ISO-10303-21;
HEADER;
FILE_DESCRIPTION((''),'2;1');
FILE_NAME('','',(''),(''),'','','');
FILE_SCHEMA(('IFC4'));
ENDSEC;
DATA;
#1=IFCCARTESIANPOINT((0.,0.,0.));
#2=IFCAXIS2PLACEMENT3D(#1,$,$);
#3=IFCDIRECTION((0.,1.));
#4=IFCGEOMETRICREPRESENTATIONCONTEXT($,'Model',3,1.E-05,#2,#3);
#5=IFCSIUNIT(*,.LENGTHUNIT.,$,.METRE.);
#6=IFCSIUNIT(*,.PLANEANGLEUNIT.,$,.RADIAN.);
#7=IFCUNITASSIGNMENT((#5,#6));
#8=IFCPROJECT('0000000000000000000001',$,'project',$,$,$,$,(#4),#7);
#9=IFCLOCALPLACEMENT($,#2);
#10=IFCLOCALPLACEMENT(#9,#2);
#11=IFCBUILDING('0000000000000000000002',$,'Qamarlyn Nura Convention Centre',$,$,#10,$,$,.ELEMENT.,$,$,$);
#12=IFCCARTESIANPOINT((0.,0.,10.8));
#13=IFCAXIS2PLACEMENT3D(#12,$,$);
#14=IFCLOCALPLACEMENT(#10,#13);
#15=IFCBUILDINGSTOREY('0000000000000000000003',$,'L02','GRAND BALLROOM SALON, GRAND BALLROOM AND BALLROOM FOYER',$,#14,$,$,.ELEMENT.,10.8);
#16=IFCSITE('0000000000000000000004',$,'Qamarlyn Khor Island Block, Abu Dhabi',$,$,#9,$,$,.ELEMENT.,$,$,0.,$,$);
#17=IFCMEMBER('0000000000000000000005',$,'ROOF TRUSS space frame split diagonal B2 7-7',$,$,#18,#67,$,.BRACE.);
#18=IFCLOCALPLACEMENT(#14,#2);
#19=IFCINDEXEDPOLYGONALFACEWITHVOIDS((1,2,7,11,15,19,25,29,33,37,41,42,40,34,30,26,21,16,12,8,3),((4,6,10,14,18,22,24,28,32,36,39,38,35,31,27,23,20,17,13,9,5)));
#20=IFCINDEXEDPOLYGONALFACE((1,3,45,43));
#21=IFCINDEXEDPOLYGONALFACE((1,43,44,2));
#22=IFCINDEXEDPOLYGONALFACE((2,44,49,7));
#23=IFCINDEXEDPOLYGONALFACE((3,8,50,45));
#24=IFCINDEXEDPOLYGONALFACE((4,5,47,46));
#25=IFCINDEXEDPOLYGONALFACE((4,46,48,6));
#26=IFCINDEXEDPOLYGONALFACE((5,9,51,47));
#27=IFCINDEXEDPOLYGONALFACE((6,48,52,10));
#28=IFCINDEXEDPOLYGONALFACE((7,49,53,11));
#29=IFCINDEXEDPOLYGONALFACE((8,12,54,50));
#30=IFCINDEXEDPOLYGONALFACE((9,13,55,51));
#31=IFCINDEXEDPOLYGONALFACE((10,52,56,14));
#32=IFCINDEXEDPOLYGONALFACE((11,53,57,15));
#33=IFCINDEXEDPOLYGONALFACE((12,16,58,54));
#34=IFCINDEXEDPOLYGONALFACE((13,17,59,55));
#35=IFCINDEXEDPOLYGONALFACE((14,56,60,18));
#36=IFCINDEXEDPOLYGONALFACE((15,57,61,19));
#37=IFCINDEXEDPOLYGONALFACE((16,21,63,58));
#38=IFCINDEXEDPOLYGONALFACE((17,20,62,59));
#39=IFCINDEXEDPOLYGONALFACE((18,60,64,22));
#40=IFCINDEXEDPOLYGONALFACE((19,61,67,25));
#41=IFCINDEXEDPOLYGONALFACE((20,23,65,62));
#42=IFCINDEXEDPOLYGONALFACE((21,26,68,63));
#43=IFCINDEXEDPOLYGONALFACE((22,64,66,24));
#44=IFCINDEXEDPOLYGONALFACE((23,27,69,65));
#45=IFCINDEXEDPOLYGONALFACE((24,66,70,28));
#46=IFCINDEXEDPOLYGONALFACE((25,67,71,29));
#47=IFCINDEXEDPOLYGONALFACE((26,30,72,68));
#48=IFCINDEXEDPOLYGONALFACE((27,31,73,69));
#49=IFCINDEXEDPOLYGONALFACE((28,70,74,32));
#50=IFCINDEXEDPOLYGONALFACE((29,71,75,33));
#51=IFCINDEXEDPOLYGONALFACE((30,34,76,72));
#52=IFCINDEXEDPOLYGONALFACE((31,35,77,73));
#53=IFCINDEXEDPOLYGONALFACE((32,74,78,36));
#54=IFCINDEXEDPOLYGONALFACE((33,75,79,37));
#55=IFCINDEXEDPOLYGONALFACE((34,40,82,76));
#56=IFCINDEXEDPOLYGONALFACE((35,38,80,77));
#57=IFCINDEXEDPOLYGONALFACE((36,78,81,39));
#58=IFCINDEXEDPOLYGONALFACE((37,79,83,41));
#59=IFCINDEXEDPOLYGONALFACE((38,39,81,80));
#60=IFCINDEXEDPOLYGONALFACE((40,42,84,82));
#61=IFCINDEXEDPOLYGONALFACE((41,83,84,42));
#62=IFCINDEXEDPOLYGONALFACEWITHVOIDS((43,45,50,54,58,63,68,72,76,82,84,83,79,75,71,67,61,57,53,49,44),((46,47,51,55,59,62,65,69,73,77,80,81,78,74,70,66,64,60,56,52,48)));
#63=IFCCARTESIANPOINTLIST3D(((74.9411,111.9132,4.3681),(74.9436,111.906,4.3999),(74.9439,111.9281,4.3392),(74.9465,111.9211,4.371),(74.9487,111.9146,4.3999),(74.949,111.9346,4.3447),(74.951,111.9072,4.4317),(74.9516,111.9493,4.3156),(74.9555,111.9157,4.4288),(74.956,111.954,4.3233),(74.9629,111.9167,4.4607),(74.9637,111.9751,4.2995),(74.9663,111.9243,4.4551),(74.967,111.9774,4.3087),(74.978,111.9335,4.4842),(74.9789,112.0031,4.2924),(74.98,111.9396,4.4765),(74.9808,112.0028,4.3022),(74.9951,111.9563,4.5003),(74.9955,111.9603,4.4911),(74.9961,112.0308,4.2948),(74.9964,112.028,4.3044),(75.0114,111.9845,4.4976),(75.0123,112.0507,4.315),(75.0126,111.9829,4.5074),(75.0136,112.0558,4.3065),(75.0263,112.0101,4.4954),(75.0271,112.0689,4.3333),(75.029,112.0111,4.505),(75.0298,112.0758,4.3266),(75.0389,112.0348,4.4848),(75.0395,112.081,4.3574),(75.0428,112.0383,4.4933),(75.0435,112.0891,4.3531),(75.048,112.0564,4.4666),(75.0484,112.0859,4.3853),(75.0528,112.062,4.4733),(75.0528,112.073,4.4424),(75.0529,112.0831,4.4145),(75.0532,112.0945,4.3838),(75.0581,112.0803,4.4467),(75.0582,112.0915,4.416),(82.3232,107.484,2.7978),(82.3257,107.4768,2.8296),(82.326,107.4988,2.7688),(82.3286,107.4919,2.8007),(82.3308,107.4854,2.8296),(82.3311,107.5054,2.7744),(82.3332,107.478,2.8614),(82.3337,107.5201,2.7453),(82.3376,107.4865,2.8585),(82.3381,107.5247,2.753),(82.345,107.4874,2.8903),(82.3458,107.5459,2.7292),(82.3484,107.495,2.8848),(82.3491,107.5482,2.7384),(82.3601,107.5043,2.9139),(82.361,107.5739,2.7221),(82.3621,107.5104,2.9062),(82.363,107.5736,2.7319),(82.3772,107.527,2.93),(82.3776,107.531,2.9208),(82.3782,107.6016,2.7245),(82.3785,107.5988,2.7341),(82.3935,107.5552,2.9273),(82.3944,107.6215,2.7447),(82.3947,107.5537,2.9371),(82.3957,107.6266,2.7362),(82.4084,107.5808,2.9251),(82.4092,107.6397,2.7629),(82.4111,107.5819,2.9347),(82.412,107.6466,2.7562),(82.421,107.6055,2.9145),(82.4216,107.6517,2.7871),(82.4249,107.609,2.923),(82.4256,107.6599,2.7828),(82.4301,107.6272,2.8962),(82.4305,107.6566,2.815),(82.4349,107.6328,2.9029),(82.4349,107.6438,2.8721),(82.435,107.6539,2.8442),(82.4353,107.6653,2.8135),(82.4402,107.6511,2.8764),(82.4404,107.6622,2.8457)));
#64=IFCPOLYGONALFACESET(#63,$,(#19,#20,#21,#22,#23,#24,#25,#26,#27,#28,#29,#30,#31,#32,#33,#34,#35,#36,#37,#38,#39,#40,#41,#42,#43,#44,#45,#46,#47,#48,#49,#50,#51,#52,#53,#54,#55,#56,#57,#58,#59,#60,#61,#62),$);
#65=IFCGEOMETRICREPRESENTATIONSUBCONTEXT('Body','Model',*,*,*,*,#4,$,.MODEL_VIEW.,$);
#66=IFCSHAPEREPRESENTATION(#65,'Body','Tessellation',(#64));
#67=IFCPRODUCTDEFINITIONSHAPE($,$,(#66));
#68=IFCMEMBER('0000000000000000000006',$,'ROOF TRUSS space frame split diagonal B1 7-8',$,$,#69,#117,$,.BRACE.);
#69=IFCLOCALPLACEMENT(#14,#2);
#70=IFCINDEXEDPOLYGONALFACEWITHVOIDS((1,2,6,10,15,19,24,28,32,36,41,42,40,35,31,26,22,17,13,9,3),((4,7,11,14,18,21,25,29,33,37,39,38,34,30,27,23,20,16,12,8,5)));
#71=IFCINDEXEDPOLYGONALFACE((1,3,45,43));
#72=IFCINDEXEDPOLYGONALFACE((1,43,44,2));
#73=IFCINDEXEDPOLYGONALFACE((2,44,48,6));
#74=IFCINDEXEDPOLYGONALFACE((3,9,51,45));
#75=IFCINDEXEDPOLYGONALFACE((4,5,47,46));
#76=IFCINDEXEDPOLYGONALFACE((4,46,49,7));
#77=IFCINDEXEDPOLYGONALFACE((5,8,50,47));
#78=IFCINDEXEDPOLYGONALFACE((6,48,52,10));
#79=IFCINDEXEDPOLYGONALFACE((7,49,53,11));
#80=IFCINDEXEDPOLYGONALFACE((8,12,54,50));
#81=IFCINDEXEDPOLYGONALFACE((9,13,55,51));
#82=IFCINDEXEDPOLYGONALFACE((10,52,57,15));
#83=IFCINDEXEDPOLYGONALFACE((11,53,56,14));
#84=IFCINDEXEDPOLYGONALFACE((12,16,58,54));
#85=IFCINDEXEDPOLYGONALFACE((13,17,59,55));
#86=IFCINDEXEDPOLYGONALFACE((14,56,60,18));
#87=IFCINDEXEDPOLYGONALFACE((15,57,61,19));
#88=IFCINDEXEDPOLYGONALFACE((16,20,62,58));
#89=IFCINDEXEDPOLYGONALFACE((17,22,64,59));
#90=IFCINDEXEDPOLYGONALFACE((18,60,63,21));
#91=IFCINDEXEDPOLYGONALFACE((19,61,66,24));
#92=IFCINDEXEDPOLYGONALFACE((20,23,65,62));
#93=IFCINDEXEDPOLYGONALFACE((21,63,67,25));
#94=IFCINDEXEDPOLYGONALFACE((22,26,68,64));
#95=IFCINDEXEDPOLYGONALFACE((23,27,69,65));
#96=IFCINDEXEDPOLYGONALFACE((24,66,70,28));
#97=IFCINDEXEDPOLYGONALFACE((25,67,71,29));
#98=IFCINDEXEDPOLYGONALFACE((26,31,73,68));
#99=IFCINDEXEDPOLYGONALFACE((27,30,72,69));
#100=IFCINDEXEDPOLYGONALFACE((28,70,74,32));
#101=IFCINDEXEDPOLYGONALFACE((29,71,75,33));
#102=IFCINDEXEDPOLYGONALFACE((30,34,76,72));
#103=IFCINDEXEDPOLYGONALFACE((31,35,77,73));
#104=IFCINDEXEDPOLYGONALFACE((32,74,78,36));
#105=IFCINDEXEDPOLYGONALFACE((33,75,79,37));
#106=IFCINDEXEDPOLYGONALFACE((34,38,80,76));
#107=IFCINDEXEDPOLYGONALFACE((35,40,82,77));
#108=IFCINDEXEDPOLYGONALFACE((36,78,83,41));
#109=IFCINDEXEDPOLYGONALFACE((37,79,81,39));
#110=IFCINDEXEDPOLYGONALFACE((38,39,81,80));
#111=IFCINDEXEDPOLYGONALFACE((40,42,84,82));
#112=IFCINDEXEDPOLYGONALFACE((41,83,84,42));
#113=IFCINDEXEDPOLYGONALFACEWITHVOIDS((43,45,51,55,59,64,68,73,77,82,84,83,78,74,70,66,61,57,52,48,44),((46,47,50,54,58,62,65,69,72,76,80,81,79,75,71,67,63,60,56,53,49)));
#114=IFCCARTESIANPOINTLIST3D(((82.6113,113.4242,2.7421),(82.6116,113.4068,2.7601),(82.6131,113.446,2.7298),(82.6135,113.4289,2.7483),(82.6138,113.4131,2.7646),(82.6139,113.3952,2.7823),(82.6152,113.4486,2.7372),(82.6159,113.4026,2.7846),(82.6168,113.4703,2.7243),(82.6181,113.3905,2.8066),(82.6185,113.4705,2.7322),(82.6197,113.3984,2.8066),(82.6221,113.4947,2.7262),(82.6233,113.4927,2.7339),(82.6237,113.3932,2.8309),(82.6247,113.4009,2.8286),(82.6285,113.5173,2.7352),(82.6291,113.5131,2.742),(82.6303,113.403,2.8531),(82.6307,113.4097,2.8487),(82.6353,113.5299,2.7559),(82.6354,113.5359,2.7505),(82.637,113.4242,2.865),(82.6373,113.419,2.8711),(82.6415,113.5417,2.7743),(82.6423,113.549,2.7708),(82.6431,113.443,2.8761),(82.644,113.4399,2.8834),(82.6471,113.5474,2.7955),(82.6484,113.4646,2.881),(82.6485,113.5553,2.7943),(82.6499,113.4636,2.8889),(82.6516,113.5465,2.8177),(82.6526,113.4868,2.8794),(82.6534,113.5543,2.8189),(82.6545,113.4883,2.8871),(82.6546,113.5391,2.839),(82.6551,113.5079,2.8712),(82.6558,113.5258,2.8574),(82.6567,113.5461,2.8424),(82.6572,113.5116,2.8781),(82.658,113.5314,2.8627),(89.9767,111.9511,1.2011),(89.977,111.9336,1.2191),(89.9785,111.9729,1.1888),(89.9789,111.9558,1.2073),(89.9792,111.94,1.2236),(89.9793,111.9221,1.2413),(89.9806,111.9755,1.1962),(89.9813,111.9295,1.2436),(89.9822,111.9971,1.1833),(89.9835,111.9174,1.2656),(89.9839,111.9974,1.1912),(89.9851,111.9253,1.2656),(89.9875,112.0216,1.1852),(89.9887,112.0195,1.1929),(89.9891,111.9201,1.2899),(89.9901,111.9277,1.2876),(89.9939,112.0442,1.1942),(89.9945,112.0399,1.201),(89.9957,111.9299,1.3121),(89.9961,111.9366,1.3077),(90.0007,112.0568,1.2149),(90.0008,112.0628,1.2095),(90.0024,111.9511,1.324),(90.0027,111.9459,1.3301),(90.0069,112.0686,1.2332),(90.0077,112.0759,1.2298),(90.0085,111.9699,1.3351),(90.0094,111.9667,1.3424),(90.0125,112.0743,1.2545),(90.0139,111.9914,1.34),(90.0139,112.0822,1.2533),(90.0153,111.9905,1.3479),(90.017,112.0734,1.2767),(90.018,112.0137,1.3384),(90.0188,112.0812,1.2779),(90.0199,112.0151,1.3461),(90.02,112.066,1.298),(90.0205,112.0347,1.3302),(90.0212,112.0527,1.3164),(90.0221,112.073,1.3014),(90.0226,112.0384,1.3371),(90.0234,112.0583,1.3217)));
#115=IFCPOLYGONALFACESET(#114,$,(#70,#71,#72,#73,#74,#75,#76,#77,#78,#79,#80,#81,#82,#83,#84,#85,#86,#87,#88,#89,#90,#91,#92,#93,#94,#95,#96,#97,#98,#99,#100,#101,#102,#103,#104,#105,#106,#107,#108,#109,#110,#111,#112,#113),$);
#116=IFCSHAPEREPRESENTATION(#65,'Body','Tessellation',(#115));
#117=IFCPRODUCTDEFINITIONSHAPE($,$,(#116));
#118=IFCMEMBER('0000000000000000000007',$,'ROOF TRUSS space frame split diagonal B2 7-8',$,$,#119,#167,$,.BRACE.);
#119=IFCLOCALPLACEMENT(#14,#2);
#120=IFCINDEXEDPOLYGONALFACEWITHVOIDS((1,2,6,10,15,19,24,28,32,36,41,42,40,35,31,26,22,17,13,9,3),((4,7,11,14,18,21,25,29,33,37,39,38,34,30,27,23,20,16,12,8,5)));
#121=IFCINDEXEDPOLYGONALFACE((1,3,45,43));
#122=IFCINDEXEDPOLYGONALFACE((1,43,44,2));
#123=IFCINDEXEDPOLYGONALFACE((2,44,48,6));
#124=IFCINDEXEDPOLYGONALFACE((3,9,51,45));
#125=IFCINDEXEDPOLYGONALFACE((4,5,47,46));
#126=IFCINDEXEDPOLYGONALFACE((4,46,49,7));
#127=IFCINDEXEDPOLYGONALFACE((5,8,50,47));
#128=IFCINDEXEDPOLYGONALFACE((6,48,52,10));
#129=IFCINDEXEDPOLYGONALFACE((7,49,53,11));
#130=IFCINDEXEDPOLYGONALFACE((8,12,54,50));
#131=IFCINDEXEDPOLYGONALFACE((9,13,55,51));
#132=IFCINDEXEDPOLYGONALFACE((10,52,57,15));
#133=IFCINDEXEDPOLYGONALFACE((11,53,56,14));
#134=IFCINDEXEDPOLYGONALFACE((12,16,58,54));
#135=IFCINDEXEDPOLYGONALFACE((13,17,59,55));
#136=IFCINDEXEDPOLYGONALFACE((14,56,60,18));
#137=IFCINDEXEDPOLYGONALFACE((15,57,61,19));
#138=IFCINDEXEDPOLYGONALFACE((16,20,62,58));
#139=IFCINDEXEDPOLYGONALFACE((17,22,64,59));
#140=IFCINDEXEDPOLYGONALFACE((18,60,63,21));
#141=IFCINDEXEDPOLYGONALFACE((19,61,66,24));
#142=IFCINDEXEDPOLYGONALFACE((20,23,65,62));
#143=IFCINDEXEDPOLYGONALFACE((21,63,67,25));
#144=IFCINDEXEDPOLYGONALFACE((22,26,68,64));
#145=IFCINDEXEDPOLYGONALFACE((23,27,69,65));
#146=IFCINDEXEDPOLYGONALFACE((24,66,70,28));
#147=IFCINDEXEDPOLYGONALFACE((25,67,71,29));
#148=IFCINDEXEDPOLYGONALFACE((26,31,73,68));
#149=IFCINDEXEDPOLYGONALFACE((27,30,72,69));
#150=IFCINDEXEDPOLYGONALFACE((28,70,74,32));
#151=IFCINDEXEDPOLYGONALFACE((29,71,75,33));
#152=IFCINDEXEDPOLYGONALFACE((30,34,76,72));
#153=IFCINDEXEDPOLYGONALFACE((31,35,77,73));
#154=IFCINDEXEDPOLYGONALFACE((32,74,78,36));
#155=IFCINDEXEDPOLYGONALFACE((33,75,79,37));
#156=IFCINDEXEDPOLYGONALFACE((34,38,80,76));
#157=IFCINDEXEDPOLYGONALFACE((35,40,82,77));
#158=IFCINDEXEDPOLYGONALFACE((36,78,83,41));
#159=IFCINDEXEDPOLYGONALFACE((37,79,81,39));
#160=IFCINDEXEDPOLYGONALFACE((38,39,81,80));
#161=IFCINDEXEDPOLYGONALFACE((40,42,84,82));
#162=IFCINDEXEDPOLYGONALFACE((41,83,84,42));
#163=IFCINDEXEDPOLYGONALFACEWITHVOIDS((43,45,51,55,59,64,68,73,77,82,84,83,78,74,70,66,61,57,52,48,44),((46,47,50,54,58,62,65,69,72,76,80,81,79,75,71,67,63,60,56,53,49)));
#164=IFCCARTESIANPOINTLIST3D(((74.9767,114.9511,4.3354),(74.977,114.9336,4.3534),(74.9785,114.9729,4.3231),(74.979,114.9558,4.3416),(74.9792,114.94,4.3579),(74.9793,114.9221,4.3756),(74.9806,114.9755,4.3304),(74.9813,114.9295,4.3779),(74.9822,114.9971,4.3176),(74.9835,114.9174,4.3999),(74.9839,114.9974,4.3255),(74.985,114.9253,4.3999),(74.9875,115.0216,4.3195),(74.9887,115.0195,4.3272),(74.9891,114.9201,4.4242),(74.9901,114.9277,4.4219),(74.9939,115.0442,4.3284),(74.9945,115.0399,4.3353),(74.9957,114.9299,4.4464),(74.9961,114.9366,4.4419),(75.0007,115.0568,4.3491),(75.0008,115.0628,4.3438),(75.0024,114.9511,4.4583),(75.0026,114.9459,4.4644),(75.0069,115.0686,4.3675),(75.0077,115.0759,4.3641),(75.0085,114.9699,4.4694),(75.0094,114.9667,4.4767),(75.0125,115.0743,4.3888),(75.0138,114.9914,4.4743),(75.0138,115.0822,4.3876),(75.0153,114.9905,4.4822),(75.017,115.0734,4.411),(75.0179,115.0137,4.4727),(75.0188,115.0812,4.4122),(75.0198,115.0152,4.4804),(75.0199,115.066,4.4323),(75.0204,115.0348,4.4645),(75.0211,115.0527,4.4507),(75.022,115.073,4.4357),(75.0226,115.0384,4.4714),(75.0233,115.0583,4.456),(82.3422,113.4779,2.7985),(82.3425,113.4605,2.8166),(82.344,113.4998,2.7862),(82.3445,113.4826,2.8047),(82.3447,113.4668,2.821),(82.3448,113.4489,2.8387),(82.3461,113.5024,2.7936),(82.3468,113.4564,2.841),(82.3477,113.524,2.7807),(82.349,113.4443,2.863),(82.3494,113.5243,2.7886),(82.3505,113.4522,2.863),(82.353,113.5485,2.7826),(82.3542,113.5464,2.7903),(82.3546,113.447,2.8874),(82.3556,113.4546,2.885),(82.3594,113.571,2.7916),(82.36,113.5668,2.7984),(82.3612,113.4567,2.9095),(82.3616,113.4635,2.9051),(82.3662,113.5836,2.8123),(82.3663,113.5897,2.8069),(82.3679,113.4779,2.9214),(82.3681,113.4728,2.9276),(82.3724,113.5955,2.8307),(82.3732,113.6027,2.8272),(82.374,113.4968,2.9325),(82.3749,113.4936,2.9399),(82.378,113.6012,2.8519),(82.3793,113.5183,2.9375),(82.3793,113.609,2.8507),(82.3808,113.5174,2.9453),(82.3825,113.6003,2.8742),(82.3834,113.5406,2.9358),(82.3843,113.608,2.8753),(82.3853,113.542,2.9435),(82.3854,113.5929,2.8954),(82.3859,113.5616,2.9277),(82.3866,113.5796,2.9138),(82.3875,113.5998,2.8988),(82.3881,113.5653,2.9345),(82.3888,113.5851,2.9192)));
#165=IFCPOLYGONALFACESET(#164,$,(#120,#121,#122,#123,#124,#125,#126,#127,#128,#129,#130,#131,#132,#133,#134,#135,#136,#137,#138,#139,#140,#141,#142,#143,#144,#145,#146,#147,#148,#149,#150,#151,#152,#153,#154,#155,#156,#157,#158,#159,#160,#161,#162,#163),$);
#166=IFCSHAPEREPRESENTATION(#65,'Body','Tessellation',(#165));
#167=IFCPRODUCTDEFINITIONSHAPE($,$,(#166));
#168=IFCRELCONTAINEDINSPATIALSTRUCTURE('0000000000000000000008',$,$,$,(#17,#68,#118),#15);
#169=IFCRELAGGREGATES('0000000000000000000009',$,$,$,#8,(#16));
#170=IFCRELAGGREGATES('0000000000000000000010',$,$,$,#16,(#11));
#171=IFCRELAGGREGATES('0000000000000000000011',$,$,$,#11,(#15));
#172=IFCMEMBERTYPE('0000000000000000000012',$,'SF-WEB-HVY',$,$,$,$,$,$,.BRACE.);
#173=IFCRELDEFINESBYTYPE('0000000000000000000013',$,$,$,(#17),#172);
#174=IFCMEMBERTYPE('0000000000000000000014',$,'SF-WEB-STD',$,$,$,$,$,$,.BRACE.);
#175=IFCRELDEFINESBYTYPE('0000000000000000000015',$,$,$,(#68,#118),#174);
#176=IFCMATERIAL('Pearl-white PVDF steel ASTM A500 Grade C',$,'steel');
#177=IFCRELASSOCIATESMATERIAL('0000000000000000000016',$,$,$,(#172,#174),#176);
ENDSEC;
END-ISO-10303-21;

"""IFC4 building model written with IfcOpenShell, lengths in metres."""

from ifc_helpers import new_model, si_unit, direction, frame, origin, origin_2d, place, context, subcontext, project, spatial, hollow_circle, extrude, material, material_profile, profile_set, type_object, element, save


model = new_model("IFC4")

# Units and contexts
model_context = context("Model", 3, precision=1e-05, world=origin(), true_north=direction((0.0, 1.0)))
body_context = subcontext(model_context, "Body", "Model", "MODEL_VIEW")
ifc_project = project(units=[si_unit("LENGTHUNIT", "METRE"), si_unit("PLANEANGLEUNIT", "RADIAN")], contexts=[model_context])

# Site, building, storey
site_placement = place(None, origin())
site = spatial("IfcSite", under=ifc_project, at=site_placement, Name="Qamarlyn Khor Island Block, Abu Dhabi", CompositionType="ELEMENT", RefElevation=0.0)
building_placement = place(site_placement, origin())
building = spatial("IfcBuilding", under=site, at=building_placement, Name="Qamarlyn Nura Convention Centre", CompositionType="ELEMENT")
storey_placement = place(building_placement, frame((0.0, 0.0, 10.8)))
storey = spatial("IfcBuildingStorey", under=building, at=storey_placement, Name="L02", Description="GRAND BALLROOM SALON, GRAND BALLROOM AND BALLROOM FOYER", CompositionType="ELEMENT", Elevation=10.8)

# Members
ifc_material_1 = material(Name="Pearl-white PVDF steel ASTM A500 Grade C", Category="steel")
ifc_material_profile_1 = material_profile(ifc_material_1, hollow_circle(Radius=0.1096, WallThickness=0.01, at=origin_2d()), Name="CHS219.1X10")
ifc_profile_set_1 = profile_set([ifc_material_profile_1], Name="Pearl-white PVDF steel ASTM A500 Grade C")
member_type_1 = type_object("IfcMemberType", Name="SF-WEB-HVY", PredefinedType="BRACE", material=ifc_profile_set_1)
member_1_placement = place(storey_placement, frame((82.3821, 107.5708, 2.8296), z_axis=(-0.843577, 0.50614, 0.179445), x_axis=(-0.514492, -0.857495, 0.0)))
element("IfcMember", 1, at=member_1_placement, inside=storey, type_object=member_type_1, Name="ROOF TRUSS space frame split diagonal B2 7-7", PredefinedType="BRACE", context=body_context, shape_type="SweptSolid", body=[
    extrude(hollow_circle(Radius=0.1096, WallThickness=0.01, at=origin_2d()), origin(), (0.0, 0.0, 1.0), 8.751),
])
ifc_material_profile_2 = material_profile(ifc_material_1, hollow_circle(Radius=0.0842, WallThickness=0.0081, at=origin_2d()), Name="CHS168.3X8")
ifc_profile_set_2 = profile_set([ifc_material_profile_2], Name="Pearl-white PVDF steel ASTM A500 Grade C")
member_type_2 = type_object("IfcMemberType", Name="SF-WEB-STD", PredefinedType="BRACE", material=ifc_profile_set_2)
member_2_placement = place(storey_placement, frame((90.0, 112.0, 1.2656), z_axis=(-0.960573, 0.192121, 0.200972), x_axis=(-0.196122, -0.980579, 0.0)))
element("IfcMember", 2, at=member_2_placement, inside=storey, type_object=member_type_2, Name="ROOF TRUSS space frame split diagonal B1 7-8", PredefinedType="BRACE", context=body_context, shape_type="SweptSolid", body=[
    extrude(hollow_circle(Radius=0.0842, WallThickness=0.0081, at=origin_2d()), origin(), (0.0, 0.0, 1.0), 7.6677),
])
member_3_placement = place(storey_placement, frame((82.3655, 113.5269, 2.863), z_axis=(-0.960677, 0.192142, 0.200453), x_axis=(-0.196122, -0.980579, 0.0)))
element("IfcMember", 3, at=member_3_placement, inside=storey, type_object=member_type_2, Name="ROOF TRUSS space frame split diagonal B2 7-8", PredefinedType="BRACE", context=body_context, shape_type="SweptSolid", body=[
    extrude(hollow_circle(Radius=0.0842, WallThickness=0.0081, at=origin_2d()), origin(), (0.0, 0.0, 1.0), 7.667),
])

save(model, "model.ifc")
